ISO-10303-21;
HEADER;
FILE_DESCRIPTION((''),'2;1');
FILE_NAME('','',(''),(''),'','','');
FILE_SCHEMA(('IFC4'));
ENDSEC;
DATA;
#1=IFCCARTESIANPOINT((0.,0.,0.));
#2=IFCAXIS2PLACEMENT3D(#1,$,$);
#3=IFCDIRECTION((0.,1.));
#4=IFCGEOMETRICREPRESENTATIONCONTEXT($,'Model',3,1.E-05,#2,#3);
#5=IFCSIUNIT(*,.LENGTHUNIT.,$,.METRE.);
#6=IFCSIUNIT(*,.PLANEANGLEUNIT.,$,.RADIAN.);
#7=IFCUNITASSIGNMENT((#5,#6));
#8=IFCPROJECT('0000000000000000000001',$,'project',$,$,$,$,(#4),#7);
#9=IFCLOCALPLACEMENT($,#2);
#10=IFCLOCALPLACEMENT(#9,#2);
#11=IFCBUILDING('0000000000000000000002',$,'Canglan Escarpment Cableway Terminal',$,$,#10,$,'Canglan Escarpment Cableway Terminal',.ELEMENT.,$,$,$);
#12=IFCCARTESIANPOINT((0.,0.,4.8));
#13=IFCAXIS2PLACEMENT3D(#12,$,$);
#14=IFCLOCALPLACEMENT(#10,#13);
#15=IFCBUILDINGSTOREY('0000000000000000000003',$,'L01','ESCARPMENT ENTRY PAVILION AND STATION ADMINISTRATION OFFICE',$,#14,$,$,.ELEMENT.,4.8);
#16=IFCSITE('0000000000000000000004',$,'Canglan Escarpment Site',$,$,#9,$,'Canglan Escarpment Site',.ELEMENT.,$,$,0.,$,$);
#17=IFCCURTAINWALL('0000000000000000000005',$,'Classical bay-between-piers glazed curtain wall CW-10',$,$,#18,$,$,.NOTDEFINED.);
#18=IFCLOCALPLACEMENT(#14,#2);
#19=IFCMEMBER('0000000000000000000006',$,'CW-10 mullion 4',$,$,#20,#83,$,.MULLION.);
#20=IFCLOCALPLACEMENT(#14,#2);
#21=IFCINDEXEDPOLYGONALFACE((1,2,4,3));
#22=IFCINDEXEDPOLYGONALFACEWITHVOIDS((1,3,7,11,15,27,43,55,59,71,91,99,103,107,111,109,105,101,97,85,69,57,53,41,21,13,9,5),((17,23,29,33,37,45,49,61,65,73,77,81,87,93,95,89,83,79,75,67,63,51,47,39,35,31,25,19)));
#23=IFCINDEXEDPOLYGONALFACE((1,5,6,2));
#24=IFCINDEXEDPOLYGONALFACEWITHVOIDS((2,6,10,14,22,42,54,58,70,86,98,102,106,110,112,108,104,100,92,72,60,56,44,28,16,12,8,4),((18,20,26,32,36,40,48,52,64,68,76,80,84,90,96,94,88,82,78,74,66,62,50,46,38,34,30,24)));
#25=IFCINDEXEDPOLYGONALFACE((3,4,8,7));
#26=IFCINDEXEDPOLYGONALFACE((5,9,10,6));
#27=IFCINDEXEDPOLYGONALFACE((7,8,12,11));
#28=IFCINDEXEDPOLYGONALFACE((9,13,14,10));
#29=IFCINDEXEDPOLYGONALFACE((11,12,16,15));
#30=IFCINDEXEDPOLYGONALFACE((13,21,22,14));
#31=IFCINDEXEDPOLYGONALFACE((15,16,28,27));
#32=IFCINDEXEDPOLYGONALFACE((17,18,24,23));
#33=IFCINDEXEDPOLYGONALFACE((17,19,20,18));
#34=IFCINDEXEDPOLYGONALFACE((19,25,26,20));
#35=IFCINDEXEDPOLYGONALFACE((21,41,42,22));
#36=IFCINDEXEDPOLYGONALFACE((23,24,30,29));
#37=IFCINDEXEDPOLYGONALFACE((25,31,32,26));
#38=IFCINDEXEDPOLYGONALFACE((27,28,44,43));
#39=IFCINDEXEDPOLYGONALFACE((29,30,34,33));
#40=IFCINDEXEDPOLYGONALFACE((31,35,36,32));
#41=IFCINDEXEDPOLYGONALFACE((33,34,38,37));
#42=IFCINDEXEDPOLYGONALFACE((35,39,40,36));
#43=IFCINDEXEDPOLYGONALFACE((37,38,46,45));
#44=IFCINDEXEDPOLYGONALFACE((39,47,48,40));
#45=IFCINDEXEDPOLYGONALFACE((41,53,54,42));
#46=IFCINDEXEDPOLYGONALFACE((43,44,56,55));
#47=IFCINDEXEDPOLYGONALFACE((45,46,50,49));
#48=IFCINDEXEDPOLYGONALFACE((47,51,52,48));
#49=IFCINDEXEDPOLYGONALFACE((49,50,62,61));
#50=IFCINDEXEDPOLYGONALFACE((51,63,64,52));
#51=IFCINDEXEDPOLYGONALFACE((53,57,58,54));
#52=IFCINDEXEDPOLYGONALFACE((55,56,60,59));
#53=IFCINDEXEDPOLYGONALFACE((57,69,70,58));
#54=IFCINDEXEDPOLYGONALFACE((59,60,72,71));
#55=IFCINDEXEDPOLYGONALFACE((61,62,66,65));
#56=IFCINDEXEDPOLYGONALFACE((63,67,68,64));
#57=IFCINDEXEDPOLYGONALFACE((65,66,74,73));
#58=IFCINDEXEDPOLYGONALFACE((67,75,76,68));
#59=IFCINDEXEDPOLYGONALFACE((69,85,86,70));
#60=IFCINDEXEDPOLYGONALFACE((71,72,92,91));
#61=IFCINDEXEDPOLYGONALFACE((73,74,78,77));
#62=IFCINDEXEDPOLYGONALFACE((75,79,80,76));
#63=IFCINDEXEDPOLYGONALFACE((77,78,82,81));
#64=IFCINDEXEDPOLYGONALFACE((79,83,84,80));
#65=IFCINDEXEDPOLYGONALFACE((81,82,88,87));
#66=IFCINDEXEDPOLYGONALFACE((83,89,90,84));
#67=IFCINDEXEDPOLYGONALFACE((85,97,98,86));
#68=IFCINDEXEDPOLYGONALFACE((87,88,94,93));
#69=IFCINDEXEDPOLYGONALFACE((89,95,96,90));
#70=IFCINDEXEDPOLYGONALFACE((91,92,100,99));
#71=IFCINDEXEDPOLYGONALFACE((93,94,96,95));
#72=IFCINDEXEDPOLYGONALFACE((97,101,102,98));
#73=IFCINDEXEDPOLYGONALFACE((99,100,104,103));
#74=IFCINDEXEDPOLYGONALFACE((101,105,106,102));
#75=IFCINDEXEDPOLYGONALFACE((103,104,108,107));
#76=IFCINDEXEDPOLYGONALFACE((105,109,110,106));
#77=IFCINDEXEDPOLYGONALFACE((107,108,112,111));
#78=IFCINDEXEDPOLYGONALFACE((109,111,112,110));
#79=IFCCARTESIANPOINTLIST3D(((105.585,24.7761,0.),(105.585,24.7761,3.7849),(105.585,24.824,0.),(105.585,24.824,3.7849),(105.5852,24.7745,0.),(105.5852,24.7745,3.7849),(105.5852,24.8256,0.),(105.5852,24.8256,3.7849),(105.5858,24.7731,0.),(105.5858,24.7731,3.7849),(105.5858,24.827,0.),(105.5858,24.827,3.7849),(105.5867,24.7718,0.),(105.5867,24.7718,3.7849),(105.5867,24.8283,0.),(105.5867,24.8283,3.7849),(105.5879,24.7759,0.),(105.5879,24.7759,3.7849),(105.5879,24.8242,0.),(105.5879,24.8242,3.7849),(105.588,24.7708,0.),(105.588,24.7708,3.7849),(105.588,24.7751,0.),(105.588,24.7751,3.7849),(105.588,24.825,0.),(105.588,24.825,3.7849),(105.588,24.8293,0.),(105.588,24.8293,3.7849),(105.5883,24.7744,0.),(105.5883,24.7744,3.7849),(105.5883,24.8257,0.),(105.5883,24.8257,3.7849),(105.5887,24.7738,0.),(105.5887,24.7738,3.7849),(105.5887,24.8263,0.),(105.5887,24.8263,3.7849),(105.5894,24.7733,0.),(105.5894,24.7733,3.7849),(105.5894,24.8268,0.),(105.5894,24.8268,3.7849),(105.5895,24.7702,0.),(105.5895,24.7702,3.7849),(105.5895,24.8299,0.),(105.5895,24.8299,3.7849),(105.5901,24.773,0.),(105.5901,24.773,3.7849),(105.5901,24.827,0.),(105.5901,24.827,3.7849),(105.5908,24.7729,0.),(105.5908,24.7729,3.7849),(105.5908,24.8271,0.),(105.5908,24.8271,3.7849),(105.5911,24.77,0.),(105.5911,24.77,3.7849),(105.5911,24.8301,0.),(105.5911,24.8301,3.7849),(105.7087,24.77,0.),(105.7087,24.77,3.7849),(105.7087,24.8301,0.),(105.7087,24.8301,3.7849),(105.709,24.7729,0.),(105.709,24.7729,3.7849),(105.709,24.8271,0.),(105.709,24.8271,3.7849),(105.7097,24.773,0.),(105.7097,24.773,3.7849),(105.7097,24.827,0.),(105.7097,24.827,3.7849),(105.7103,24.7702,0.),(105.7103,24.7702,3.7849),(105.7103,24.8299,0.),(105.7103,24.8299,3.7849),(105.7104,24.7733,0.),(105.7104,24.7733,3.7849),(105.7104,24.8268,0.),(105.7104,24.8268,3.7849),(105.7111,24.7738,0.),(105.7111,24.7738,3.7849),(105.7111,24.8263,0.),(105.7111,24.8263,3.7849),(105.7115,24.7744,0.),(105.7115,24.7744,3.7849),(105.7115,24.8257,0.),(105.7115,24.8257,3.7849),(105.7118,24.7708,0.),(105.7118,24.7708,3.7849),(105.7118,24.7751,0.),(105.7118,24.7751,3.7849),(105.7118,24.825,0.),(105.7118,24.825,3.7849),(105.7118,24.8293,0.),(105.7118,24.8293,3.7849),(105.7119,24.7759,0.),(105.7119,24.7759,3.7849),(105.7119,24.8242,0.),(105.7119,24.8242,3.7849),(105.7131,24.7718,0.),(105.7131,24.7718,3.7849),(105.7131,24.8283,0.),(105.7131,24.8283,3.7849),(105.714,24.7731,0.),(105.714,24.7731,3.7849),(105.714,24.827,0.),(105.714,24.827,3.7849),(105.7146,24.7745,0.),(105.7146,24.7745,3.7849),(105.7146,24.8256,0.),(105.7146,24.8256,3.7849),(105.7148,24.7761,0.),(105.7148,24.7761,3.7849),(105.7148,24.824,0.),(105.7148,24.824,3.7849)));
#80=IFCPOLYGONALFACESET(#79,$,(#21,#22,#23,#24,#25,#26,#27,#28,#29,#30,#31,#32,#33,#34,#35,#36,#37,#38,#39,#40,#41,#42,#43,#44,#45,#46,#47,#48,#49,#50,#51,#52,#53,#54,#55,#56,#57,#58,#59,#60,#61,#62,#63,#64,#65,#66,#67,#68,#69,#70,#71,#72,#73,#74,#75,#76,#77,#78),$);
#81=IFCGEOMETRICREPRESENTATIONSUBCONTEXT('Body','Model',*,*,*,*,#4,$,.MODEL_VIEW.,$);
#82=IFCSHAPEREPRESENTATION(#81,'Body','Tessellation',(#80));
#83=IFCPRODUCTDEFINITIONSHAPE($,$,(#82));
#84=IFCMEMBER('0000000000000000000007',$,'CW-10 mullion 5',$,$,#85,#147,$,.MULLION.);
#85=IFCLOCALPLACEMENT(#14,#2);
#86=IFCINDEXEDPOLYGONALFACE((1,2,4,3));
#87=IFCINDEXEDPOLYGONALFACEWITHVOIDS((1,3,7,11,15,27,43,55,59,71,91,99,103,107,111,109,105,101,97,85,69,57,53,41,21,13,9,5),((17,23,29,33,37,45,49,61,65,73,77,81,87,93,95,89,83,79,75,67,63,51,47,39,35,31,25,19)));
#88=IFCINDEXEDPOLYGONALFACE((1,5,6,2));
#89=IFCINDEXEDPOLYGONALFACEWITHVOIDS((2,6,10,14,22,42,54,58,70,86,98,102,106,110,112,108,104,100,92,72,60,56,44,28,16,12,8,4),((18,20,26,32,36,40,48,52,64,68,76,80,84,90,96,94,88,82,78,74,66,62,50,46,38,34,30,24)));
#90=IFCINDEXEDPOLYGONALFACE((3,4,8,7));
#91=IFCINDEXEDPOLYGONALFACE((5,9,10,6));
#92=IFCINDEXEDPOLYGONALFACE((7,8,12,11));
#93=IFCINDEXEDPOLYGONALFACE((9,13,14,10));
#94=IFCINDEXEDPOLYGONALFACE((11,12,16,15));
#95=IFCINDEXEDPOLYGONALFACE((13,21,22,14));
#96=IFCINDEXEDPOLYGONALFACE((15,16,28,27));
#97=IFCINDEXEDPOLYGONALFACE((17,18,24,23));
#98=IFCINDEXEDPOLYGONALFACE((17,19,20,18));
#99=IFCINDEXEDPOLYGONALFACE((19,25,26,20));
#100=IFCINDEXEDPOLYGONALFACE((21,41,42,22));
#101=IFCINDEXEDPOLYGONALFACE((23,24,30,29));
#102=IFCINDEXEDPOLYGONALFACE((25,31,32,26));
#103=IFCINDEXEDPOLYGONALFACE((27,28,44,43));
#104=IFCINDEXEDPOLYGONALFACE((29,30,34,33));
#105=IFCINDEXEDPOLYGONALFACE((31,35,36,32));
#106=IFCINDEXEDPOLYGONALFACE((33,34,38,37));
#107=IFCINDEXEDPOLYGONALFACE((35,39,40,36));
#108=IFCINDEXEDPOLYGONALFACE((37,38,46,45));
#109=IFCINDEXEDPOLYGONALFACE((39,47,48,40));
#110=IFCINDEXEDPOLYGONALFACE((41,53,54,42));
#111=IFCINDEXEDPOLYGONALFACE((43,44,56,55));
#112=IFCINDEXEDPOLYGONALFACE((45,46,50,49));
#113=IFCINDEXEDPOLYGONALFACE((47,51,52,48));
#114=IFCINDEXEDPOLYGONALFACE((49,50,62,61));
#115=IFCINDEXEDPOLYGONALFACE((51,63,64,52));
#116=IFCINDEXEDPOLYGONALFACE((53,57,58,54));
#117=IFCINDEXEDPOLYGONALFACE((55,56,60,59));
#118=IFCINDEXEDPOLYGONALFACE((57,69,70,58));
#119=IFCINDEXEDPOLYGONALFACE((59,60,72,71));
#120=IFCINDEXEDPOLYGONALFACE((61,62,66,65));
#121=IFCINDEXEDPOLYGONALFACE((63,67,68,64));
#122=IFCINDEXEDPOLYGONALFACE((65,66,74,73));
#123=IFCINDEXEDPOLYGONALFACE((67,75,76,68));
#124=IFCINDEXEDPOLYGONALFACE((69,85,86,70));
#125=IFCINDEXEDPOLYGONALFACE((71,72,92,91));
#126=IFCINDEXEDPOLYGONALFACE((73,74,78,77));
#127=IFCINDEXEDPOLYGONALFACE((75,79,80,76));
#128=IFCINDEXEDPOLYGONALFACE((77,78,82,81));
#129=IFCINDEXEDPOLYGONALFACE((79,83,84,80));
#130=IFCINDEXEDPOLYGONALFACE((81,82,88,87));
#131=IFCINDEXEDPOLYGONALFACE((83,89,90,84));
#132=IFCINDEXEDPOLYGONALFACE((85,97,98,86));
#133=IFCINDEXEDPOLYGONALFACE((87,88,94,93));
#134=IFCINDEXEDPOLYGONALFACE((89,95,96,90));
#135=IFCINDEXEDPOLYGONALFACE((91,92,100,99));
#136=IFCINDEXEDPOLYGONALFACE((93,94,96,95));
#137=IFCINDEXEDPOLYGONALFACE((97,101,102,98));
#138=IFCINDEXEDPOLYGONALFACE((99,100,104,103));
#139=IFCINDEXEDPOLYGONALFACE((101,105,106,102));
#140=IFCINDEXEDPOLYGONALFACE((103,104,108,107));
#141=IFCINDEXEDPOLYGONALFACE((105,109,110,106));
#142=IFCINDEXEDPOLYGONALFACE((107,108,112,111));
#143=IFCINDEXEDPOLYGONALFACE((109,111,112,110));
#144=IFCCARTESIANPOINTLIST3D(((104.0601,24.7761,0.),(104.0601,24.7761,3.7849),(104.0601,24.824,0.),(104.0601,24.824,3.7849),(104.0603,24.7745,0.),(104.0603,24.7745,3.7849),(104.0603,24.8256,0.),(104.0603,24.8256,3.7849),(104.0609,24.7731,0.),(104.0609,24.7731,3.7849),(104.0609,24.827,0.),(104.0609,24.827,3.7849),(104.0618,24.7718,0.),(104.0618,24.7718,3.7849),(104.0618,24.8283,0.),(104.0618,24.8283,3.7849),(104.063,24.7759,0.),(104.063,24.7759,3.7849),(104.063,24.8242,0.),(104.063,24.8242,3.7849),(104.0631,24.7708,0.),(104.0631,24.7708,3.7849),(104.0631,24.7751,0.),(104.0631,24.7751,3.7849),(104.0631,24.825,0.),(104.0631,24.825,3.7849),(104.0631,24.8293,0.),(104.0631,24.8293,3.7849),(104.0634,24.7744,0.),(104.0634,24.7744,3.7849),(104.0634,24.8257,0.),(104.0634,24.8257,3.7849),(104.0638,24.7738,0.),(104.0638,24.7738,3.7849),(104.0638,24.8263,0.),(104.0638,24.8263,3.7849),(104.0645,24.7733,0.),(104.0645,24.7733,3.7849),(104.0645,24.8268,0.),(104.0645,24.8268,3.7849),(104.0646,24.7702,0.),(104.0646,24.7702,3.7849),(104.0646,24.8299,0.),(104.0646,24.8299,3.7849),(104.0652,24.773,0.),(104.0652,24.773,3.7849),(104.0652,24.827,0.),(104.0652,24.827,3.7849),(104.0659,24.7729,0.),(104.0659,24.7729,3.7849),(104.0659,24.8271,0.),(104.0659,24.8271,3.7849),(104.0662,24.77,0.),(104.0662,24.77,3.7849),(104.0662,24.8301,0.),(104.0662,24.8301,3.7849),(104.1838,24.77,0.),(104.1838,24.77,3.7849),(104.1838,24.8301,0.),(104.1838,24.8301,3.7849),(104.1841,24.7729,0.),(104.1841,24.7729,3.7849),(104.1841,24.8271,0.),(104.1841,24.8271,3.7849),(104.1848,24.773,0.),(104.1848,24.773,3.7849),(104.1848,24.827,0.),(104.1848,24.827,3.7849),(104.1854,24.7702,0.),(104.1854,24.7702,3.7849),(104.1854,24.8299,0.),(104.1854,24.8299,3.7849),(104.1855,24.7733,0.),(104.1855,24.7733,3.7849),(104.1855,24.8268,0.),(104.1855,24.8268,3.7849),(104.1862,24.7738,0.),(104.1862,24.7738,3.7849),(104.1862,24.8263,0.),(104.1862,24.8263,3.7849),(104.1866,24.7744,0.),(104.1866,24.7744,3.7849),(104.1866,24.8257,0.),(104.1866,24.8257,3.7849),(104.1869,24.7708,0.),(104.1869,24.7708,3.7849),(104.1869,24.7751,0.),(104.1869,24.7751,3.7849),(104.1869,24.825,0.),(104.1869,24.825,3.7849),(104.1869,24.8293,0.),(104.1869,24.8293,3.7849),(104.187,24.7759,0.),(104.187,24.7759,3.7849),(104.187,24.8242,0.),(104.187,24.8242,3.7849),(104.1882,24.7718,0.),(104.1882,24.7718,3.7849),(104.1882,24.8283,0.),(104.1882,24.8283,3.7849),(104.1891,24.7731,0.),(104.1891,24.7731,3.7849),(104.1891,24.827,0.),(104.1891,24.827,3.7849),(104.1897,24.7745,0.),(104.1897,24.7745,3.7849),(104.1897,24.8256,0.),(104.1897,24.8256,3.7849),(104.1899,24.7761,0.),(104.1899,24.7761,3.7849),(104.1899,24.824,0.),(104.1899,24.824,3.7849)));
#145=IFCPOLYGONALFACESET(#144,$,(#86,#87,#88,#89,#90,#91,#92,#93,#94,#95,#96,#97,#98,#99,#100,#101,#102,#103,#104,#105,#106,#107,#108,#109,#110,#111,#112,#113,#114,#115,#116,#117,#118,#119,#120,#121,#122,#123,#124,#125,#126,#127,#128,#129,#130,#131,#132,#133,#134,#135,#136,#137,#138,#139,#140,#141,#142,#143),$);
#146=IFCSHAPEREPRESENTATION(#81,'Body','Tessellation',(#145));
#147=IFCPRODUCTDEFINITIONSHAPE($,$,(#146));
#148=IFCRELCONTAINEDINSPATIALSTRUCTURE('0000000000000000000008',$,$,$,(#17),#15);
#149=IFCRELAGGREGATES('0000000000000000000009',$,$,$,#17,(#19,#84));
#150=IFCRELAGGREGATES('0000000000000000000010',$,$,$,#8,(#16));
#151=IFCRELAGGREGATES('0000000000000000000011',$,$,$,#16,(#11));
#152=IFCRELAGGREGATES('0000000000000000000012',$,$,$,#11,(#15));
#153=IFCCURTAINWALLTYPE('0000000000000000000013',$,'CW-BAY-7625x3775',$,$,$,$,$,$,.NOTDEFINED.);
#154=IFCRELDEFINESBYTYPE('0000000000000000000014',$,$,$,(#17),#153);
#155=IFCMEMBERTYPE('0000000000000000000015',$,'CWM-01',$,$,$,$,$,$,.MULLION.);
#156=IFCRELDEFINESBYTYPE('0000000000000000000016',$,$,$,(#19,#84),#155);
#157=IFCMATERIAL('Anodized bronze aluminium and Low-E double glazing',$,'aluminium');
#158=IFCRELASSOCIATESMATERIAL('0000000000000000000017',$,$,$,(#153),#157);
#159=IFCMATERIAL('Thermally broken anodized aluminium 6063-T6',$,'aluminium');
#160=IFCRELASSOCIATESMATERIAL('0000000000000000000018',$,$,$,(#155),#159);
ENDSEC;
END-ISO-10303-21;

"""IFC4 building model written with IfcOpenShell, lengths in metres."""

from ifc_helpers import new_model, si_unit, direction, frame, origin, origin_2d, place, context, subcontext, project, spatial, hollow_rectangle, extrude, material, material_profile, profile_set, type_object, element, aggregate, save


model = new_model("IFC4")

# Units and contexts
model_context = context("Model", 3, precision=1e-05, world=origin(), true_north=direction((0.0, 1.0)))
body_context = subcontext(model_context, "Body", "Model", "MODEL_VIEW")
ifc_project = project(units=[si_unit("LENGTHUNIT", "METRE"), si_unit("PLANEANGLEUNIT", "RADIAN")], contexts=[model_context])

# Site, building, storey
site_placement = place(None, origin())
site = spatial("IfcSite", under=ifc_project, at=site_placement, Name="Canglan Escarpment Site", LongName="Canglan Escarpment Site", CompositionType="ELEMENT", RefElevation=0.0)
building_placement = place(site_placement, origin())
building = spatial("IfcBuilding", under=site, at=building_placement, Name="Canglan Escarpment Cableway Terminal", LongName="Canglan Escarpment Cableway Terminal", CompositionType="ELEMENT")
storey_placement = place(building_placement, frame((0.0, 0.0, 4.8)))
storey = spatial("IfcBuildingStorey", under=building, at=storey_placement, Name="L01", Description="ESCARPMENT ENTRY PAVILION AND STATION ADMINISTRATION OFFICE", CompositionType="ELEMENT", Elevation=4.8)

# Curtain wall, members
ifc_material_1 = material(Name="Anodized bronze aluminium and Low-E double glazing", Category="aluminium")
curtain_wall_type_1 = type_object("IfcCurtainWallType", Name="CW-BAY-7625x3775", PredefinedType="NOTDEFINED", material=ifc_material_1)
curtain_wall_1_placement = place(storey_placement, origin())
curtain_wall_1 = element("IfcCurtainWall", 1, at=curtain_wall_1_placement, inside=storey, type_object=curtain_wall_type_1, Name="Classical bay-between-piers glazed curtain wall CW-10", PredefinedType="NOTDEFINED")
ifc_material_2 = material(Name="Thermally broken anodized aluminium 6063-T6", Category="aluminium")
ifc_material_profile_1 = material_profile(ifc_material_2, hollow_rectangle(XDim=0.0601, YDim=0.1299, WallThickness=0.0029, InnerFilletRadius=0.0029, OuterFilletRadius=0.0061, at=origin_2d()), Name="ALU-MULL 60x130x3")
ifc_profile_set_1 = profile_set([ifc_material_profile_1], Name="Thermally broken anodized aluminium 6063-T6")
member_type_1 = type_object("IfcMemberType", Name="CWM-01", PredefinedType="MULLION", material=ifc_profile_set_1)
member_1_placement = place(storey_placement, frame((105.6499, 24.8, 0.0), z_axis=(0.0, 0.0, 1.0), x_axis=(0.0, -1.0, 0.0)))
member_1 = element("IfcMember", 2, at=member_1_placement, type_object=member_type_1, Name="CW-10 mullion 4", PredefinedType="MULLION", context=body_context, shape_type="SweptSolid", body=[
    extrude(hollow_rectangle(XDim=0.0601, YDim=0.1299, WallThickness=0.0029, InnerFilletRadius=0.0029, OuterFilletRadius=0.0061, at=origin_2d()), origin(), (0.0, 0.0, 1.0), 3.7849),
])
member_2_placement = place(storey_placement, frame((104.125, 24.8, 0.0), z_axis=(0.0, 0.0, 1.0), x_axis=(0.0, -1.0, 0.0)))
member_2 = element("IfcMember", 3, at=member_2_placement, type_object=member_type_1, Name="CW-10 mullion 5", PredefinedType="MULLION", context=body_context, shape_type="SweptSolid", body=[
    extrude(hollow_rectangle(XDim=0.0601, YDim=0.1299, WallThickness=0.0029, InnerFilletRadius=0.0029, OuterFilletRadius=0.0061, at=origin_2d()), origin(), (0.0, 0.0, 1.0), 3.7849),
])

aggregate(curtain_wall_1, [member_1, member_2])

save(model, "model.ifc")
